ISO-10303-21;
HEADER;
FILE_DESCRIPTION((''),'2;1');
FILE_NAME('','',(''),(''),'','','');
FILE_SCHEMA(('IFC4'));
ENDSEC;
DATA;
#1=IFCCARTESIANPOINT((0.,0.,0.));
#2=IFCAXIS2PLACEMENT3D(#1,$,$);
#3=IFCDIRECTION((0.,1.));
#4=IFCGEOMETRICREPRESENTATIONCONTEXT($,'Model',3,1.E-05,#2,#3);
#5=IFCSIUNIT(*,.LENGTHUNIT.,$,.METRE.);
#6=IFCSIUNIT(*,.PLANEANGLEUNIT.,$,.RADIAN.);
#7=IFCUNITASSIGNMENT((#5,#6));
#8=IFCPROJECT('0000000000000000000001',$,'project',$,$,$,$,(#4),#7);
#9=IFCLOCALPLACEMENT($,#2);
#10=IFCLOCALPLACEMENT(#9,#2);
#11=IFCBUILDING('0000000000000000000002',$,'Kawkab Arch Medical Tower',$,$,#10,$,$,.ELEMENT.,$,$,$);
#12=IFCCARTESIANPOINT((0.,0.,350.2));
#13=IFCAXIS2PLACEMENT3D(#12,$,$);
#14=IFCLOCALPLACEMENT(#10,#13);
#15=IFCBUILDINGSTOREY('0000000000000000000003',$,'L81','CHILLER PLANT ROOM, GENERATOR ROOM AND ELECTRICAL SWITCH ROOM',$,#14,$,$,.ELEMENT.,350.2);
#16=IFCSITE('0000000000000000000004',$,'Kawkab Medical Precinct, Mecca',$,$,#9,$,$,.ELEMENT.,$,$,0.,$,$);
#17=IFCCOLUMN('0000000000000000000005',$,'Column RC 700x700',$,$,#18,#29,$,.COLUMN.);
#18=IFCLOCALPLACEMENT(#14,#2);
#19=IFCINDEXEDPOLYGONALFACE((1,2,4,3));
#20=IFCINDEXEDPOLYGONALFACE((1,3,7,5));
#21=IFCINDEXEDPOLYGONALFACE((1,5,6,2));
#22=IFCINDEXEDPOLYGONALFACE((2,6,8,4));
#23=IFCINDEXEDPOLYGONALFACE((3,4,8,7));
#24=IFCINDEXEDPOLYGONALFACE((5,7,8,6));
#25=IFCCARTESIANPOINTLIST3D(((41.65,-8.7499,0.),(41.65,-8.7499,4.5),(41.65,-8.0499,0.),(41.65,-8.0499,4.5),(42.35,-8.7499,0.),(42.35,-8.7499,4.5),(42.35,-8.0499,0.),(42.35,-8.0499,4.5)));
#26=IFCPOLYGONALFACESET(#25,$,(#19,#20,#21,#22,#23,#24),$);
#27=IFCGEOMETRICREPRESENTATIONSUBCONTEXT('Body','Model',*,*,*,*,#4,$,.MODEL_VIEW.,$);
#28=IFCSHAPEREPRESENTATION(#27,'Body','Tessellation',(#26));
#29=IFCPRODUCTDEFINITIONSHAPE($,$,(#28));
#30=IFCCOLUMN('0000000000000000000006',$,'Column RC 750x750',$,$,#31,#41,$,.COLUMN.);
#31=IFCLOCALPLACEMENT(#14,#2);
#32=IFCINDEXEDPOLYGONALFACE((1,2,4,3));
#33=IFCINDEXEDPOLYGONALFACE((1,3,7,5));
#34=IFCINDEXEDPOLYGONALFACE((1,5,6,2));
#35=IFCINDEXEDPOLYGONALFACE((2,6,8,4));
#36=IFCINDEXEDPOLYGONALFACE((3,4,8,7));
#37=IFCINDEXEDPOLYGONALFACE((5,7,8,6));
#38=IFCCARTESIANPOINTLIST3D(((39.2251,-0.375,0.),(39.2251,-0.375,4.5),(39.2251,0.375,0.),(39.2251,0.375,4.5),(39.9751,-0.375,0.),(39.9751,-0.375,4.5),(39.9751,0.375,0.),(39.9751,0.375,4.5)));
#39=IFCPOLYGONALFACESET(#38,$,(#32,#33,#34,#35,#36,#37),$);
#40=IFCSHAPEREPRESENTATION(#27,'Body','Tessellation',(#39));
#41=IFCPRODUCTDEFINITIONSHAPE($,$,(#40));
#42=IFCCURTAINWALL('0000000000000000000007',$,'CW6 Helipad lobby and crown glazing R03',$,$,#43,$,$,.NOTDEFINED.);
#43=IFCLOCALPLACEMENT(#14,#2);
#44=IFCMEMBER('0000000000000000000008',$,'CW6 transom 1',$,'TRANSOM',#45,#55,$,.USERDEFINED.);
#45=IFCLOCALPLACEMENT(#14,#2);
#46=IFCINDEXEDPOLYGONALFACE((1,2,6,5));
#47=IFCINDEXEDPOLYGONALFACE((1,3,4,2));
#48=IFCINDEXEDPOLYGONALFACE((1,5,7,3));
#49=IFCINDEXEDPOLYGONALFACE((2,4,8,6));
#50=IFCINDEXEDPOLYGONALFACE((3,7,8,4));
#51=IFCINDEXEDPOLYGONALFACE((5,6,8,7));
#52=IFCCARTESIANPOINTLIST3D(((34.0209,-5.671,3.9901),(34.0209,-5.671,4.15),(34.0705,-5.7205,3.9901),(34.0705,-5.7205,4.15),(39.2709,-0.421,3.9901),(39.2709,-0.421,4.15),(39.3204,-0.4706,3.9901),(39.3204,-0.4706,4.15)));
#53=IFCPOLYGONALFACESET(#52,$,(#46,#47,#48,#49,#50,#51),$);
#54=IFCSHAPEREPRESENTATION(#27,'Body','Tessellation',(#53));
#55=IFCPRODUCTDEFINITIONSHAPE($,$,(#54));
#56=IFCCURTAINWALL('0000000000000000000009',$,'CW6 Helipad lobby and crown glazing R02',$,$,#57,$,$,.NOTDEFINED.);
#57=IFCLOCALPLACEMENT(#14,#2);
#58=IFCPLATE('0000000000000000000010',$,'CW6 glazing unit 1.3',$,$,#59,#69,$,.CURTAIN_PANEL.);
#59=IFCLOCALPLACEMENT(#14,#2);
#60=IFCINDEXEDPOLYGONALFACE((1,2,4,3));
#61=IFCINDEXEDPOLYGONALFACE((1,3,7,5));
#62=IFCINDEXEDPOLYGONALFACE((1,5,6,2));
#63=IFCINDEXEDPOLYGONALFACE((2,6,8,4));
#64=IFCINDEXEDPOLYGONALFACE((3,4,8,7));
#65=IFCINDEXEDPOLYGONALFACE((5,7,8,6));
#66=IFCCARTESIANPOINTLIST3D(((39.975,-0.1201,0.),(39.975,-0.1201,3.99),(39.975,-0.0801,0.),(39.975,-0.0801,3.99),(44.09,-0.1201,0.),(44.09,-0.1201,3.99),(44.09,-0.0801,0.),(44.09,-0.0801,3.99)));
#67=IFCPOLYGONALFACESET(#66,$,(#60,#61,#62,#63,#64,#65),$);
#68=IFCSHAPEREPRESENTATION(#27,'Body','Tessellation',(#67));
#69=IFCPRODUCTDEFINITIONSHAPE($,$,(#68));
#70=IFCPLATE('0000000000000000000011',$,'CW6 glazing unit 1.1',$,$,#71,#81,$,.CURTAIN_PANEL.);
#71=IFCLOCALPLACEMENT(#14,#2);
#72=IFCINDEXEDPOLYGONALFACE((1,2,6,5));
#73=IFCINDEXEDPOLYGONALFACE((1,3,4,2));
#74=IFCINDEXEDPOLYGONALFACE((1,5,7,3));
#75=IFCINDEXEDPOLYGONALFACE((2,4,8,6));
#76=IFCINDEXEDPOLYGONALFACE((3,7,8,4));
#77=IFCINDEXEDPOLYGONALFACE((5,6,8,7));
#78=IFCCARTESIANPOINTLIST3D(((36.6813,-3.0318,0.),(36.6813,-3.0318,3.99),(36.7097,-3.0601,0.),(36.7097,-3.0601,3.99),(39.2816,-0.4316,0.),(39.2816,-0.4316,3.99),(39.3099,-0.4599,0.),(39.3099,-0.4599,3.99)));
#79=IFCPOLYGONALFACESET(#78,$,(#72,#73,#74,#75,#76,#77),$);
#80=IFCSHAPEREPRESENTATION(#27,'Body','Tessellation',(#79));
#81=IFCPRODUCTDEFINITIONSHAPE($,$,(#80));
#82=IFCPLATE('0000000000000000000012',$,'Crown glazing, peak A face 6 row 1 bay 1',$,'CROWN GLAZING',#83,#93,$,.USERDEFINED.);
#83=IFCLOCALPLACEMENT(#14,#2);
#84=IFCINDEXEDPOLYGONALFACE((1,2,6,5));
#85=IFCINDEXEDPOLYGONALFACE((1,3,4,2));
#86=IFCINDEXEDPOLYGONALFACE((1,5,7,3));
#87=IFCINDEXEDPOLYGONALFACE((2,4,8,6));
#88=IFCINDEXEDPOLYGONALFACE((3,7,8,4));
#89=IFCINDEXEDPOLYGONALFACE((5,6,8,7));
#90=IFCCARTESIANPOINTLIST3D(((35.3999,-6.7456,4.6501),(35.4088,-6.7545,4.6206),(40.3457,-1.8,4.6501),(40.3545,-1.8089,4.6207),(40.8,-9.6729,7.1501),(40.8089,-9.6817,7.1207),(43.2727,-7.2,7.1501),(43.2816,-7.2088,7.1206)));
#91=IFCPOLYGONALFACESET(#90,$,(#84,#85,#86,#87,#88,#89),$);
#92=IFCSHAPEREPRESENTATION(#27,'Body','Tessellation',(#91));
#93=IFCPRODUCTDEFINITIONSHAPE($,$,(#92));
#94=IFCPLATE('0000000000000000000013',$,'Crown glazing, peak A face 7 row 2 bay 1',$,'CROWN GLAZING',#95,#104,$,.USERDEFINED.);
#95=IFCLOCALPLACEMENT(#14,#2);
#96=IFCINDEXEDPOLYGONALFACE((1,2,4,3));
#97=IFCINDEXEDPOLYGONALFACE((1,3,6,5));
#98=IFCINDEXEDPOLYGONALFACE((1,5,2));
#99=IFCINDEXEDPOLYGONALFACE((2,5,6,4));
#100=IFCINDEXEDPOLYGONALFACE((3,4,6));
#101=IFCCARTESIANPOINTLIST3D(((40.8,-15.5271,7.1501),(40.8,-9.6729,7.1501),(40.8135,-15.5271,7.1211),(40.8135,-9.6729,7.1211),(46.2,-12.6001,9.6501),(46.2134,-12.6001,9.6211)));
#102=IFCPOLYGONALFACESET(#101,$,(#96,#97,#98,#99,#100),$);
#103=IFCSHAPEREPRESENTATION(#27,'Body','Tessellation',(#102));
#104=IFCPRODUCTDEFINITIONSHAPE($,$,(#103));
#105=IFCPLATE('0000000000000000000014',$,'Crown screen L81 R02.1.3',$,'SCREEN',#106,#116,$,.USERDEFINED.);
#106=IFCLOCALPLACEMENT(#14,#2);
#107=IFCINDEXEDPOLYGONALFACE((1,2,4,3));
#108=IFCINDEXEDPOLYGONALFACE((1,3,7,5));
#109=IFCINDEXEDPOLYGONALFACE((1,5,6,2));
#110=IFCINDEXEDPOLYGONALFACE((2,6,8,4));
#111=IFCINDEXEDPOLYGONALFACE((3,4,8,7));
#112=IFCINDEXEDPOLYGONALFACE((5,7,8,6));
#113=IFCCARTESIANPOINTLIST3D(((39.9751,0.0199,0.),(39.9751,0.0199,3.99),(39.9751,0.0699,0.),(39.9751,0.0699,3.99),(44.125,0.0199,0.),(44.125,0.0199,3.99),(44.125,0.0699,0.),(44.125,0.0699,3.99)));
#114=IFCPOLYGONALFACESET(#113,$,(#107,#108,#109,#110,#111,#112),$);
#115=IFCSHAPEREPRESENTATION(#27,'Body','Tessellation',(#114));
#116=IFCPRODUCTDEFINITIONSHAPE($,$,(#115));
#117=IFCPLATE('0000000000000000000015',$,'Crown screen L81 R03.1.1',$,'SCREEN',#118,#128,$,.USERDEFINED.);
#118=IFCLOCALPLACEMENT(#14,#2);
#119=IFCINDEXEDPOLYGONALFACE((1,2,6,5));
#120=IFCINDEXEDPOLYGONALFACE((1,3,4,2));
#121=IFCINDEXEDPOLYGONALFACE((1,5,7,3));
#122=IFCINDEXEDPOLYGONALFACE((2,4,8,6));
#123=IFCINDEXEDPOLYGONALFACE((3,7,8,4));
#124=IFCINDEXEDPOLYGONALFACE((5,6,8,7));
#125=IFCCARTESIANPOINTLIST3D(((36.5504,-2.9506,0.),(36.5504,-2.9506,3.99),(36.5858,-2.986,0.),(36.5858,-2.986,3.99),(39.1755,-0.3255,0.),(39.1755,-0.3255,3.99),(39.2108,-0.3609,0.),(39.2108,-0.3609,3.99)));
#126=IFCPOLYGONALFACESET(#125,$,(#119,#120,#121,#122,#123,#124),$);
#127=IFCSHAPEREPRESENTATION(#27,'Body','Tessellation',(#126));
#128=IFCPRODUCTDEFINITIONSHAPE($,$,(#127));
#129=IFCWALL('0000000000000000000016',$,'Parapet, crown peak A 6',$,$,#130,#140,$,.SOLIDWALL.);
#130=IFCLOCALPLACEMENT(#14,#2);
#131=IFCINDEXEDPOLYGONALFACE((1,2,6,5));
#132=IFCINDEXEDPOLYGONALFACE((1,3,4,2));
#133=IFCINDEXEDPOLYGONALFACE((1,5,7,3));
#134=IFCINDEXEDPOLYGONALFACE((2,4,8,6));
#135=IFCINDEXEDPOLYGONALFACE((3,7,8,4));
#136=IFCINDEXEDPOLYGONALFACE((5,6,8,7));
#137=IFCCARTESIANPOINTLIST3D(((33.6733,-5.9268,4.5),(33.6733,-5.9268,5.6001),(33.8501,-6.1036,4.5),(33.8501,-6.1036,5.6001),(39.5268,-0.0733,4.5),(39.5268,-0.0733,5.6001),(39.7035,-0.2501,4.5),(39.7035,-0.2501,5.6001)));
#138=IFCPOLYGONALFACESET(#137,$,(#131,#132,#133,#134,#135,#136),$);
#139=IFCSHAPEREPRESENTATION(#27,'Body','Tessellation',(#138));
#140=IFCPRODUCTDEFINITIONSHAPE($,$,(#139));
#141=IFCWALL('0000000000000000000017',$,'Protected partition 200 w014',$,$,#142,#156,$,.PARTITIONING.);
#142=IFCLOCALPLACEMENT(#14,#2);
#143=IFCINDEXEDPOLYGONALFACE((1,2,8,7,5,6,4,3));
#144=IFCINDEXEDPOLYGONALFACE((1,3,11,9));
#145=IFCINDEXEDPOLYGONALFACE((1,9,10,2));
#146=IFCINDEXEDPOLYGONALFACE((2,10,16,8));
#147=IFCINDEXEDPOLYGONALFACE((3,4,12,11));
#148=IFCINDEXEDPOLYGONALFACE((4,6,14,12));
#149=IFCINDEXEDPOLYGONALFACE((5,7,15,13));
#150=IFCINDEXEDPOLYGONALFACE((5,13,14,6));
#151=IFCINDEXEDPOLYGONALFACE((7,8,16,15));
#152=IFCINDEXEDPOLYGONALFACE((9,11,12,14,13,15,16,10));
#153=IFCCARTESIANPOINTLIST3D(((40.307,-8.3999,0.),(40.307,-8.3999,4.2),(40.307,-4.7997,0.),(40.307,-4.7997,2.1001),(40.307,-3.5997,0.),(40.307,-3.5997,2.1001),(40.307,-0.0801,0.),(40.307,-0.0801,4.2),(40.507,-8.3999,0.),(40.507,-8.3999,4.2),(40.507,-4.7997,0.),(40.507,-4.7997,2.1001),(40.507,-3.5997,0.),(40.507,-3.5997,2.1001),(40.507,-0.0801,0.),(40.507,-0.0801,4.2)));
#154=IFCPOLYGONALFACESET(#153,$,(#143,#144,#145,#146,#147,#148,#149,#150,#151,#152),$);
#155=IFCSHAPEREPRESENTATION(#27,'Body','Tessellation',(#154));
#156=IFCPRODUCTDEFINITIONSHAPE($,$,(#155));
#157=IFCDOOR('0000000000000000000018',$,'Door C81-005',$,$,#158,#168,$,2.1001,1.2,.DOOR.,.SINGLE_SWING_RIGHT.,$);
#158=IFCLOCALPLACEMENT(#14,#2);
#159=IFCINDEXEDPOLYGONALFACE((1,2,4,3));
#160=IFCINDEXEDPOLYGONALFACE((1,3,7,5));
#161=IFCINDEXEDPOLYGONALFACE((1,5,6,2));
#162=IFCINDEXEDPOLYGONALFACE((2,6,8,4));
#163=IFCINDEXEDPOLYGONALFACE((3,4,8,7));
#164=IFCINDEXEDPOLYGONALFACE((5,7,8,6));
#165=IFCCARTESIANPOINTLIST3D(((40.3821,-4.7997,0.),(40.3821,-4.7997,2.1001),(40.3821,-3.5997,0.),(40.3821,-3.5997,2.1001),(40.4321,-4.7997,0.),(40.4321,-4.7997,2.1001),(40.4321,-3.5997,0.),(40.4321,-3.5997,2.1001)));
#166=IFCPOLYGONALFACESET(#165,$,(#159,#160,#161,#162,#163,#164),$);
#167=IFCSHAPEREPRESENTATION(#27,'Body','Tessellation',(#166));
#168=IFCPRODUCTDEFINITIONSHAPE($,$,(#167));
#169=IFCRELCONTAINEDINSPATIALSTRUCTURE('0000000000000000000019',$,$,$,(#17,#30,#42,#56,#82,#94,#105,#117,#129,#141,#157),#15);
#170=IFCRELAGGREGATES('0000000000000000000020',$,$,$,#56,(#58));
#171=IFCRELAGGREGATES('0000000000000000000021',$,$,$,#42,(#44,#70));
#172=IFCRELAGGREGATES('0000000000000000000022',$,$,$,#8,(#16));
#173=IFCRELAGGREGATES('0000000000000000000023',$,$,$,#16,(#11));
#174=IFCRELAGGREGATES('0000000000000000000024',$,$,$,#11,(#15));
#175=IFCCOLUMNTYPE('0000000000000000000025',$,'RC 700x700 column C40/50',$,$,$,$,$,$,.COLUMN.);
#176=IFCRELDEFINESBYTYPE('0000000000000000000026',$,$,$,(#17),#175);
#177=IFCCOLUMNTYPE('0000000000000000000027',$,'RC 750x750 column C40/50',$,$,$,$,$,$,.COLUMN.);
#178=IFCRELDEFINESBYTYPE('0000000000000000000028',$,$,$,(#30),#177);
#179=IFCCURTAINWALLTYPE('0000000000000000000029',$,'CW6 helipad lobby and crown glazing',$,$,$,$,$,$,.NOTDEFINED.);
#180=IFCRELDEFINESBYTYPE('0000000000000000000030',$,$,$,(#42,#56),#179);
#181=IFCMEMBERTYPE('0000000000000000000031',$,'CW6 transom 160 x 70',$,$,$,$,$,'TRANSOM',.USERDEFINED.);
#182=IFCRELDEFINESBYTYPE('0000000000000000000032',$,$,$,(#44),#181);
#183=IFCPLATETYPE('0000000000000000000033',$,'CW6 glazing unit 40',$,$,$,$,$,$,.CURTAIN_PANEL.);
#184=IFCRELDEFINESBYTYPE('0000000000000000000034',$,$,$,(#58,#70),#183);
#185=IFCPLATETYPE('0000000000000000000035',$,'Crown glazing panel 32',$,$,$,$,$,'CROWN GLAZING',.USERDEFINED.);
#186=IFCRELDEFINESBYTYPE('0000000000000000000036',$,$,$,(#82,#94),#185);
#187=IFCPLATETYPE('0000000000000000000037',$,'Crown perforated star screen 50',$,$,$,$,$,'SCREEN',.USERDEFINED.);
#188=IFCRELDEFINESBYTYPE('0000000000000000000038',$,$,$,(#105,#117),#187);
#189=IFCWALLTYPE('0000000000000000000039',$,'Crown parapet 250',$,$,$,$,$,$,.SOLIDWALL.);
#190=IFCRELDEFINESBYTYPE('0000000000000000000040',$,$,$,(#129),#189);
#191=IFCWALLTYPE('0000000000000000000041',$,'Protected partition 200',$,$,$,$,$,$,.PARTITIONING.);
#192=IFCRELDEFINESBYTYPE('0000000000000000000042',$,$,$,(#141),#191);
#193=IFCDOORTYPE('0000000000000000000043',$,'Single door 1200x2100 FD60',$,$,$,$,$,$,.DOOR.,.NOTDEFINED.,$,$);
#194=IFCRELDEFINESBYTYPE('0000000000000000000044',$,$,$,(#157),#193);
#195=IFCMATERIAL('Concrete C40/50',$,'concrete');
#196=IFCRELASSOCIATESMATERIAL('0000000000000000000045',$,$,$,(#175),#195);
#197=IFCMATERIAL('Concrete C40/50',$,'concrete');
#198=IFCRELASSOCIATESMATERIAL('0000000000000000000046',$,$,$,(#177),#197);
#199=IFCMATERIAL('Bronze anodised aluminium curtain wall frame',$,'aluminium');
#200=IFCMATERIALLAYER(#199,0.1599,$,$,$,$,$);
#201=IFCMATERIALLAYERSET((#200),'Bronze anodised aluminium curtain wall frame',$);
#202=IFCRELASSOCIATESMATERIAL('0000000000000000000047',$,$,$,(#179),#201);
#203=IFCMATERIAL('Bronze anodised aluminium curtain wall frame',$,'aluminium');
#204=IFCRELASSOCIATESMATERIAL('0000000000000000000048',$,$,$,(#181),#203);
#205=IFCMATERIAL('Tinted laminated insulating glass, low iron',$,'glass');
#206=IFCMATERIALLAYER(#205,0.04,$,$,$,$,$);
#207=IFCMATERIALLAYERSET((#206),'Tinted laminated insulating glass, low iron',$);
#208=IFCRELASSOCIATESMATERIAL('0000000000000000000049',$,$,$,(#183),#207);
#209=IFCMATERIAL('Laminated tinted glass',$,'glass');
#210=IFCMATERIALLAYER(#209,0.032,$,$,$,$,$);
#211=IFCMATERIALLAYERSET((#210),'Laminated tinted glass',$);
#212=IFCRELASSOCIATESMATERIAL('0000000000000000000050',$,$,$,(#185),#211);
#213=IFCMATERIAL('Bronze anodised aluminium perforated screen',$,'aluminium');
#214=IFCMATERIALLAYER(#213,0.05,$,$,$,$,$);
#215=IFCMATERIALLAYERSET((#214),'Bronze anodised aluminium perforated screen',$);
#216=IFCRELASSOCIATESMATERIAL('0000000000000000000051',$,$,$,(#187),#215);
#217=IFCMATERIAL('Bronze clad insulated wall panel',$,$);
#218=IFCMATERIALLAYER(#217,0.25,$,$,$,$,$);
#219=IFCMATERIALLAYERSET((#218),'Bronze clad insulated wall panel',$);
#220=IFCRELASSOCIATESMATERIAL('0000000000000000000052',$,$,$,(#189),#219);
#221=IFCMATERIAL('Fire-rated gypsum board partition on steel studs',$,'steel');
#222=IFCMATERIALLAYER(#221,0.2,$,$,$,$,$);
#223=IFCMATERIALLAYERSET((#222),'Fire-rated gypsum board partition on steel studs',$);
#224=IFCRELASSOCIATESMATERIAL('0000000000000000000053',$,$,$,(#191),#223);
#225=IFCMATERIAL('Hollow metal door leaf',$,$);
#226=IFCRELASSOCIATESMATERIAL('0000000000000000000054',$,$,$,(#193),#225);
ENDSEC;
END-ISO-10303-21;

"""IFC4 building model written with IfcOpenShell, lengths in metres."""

from ifc_helpers import new_model, si_unit, direction, frame, frame_2d, origin, origin_2d, place, context, subcontext, project, spatial, polyline, rectangle, outline, extrude, material, layer, layer_set, material_profile, profile_set, type_object, element, fill, aggregate, save


model = new_model("IFC4")

# Units and contexts
model_context = context("Model", 3, precision=1e-05, world=origin(), true_north=direction((0.0, 1.0)))
body_context = subcontext(model_context, "Body", "Model", "MODEL_VIEW")
ifc_project = project(units=[si_unit("LENGTHUNIT", "METRE"), si_unit("PLANEANGLEUNIT", "RADIAN")], contexts=[model_context])

# Site, building, storey
site_placement = place(None, origin())
site = spatial("IfcSite", under=ifc_project, at=site_placement, Name="Kawkab Medical Precinct, Mecca", CompositionType="ELEMENT", RefElevation=0.0)
building_placement = place(site_placement, origin())
building = spatial("IfcBuilding", under=site, at=building_placement, Name="Kawkab Arch Medical Tower", CompositionType="ELEMENT")
storey_placement = place(building_placement, frame((0.0, 0.0, 350.2)))
storey = spatial("IfcBuildingStorey", under=building, at=storey_placement, Name="L81", Description="CHILLER PLANT ROOM, GENERATOR ROOM AND ELECTRICAL SWITCH ROOM", CompositionType="ELEMENT", Elevation=350.2)

# Columns
ifc_material_1 = material(Name="Concrete C40/50", Category="concrete")
ifc_material_profile_1 = material_profile(ifc_material_1, rectangle(XDim=0.7, YDim=0.7, at=origin_2d()), Name="RC 700x700")
ifc_profile_set_1 = profile_set([ifc_material_profile_1], Name="Concrete C40/50")
column_type_1 = type_object("IfcColumnType", Name="RC 700x700 column C40/50", PredefinedType="COLUMN", material=ifc_profile_set_1)
column_1_placement = place(storey_placement, frame((42.0, -8.3999, 0.0), z_axis=(0.0, 0.0, 1.0), x_axis=(1.0, 0.0, 0.0)))
element("IfcColumn", 1, at=column_1_placement, inside=storey, type_object=column_type_1, Name="Column RC 700x700", PredefinedType="COLUMN", context=body_context, shape_type="SweptSolid", body=[
    extrude(rectangle(XDim=0.7, YDim=0.7, at=origin_2d()), origin(), (0.0, 0.0, 1.0), 4.5),
])
ifc_material_2 = material(Name="Concrete C40/50", Category="concrete")
ifc_material_profile_2 = material_profile(ifc_material_2, rectangle(XDim=0.75, YDim=0.75, at=origin_2d()), Name="RC 750x750")
ifc_profile_set_2 = profile_set([ifc_material_profile_2], Name="Concrete C40/50")
column_type_2 = type_object("IfcColumnType", Name="RC 750x750 column C40/50", PredefinedType="COLUMN", material=ifc_profile_set_2)
column_2_placement = place(storey_placement, frame((39.6001, 0.0, 0.0), z_axis=(0.0, 0.0, 1.0), x_axis=(1.0, 0.0, 0.0)))
element("IfcColumn", 2, at=column_2_placement, inside=storey, type_object=column_type_2, Name="Column RC 750x750", PredefinedType="COLUMN", context=body_context, shape_type="SweptSolid", body=[
    extrude(rectangle(XDim=0.75, YDim=0.75, at=origin_2d()), origin(), (0.0, 0.0, 1.0), 4.5),
])

# Curtain wall, member
ifc_material_3 = material(Name="Bronze anodised aluminium curtain wall frame", Category="aluminium")
ifc_layer_1 = layer(ifc_material_3, 0.1599)
ifc_layer_set_1 = layer_set([ifc_layer_1], Name="Bronze anodised aluminium curtain wall frame")
curtain_wall_type = type_object("IfcCurtainWallType", Name="CW6 helipad lobby and crown glazing", PredefinedType="NOTDEFINED", material=ifc_layer_set_1)
placement = place(storey_placement, origin())
curtain_wall_1 = element("IfcCurtainWall", 3, at=placement, inside=storey, type_object=curtain_wall_type, Name="CW6 Helipad lobby and crown glazing R03", PredefinedType="NOTDEFINED")
ifc_material_4 = material(Name="Bronze anodised aluminium curtain wall frame", Category="aluminium")
ifc_material_profile_3 = material_profile(ifc_material_4, rectangle(XDim=0.0701, YDim=0.1599, at=origin_2d()), Name="AL 70x160")
ifc_profile_set_3 = profile_set([ifc_material_profile_3], Name="Bronze anodised aluminium curtain wall frame")
member_type = type_object("IfcMemberType", Name="CW6 transom 160 x 70", ElementType="TRANSOM", PredefinedType="USERDEFINED", material=ifc_profile_set_3)
member_placement = place(storey_placement, frame((39.2957, -0.4458, 4.0701), z_axis=(-0.707107, -0.707107, 0.0), x_axis=(0.707107, -0.707107, 0.0)))
member = element("IfcMember", 4, at=member_placement, type_object=member_type, Name="CW6 transom 1", ObjectType="TRANSOM", PredefinedType="USERDEFINED", context=body_context, shape_type="SweptSolid", body=[
    extrude(rectangle(XDim=0.0701, YDim=0.1599, at=origin_2d()), origin(), (0.0, 0.0, 1.0), 7.4246),
])

# Curtain wall, plate
curtain_wall_2 = element("IfcCurtainWall", 5, at=placement, inside=storey, type_object=curtain_wall_type, Name="CW6 Helipad lobby and crown glazing R02", PredefinedType="NOTDEFINED")
ifc_material_5 = material(Name="Tinted laminated insulating glass, low iron", Category="glass")
ifc_layer_2 = layer(ifc_material_5, 0.04)
ifc_layer_set_2 = layer_set([ifc_layer_2], Name="Tinted laminated insulating glass, low iron")
plate_type_1 = type_object("IfcPlateType", Name="CW6 glazing unit 40", PredefinedType="CURTAIN_PANEL", material=ifc_layer_set_2)
plate_1_placement = place(storey_placement, frame((42.0325, -0.1001, 0.0), z_axis=(0.0, 0.0, 1.0), x_axis=(-1.0, 0.0, 0.0)))
plate_1 = element("IfcPlate", 6, at=plate_1_placement, type_object=plate_type_1, Name="CW6 glazing unit 1.3", PredefinedType="CURTAIN_PANEL", context=body_context, shape_type="SweptSolid", body=[
    extrude(rectangle(XDim=4.115, YDim=0.04, at=origin_2d()), origin(), (0.0, 0.0, 1.0), 3.99),
])
aggregate(curtain_wall_2, [plate_1])

# Plate
plate_2_placement = place(storey_placement, frame((37.9956, -1.7458, 0.0), z_axis=(0.0, 0.0, 1.0), x_axis=(-0.707107, -0.707107, 0.0)))
plate_2 = element("IfcPlate", 7, at=plate_2_placement, type_object=plate_type_1, Name="CW6 glazing unit 1.1", PredefinedType="CURTAIN_PANEL", context=body_context, shape_type="SweptSolid", body=[
    extrude(rectangle(XDim=3.6772, YDim=0.04, at=origin_2d()), origin(), (0.0, 0.0, 1.0), 3.99),
])
aggregate(curtain_wall_1, [member, plate_2])

# Plates
ifc_material_6 = material(Name="Laminated tinted glass", Category="glass")
ifc_layer_3 = layer(ifc_material_6, 0.032)
ifc_layer_set_3 = layer_set([ifc_layer_3], Name="Laminated tinted glass")
plate_type_2 = type_object("IfcPlateType", Name="Crown glazing panel 32", ElementType="CROWN GLAZING", PredefinedType="USERDEFINED", material=ifc_layer_set_3)
plate_3_placement = place(storey_placement, frame((40.3457, -1.8, 4.6501), z_axis=(-0.276346, 0.276346, 0.92047), x_axis=(-0.707122, -0.707092, -0.000009)))
element("IfcPlate", 8, at=plate_3_placement, inside=storey, type_object=plate_type_2, Name="Crown glazing, peak A face 6 row 1 bay 1", ObjectType="CROWN GLAZING", PredefinedType="USERDEFINED", context=body_context, shape_type="SweptSolid", body=[
    extrude(outline(polyline([(0.0, 0.0), (6.9942, 0.0), (5.2455, 6.397), (1.7485, 6.3968), (0.0, 0.0)])), origin(), (0.0, 0.0, -1.0), 0.032),
])
plate_4_placement = place(storey_placement, frame((40.8, -9.6729, 7.1501), z_axis=(-0.42013, 0.0, 0.907464), x_axis=(0.0, -1.0, 0.0)))
element("IfcPlate", 9, at=plate_4_placement, inside=storey, type_object=plate_type_2, Name="Crown glazing, peak A face 7 row 2 bay 1", ObjectType="CROWN GLAZING", PredefinedType="USERDEFINED", context=body_context, shape_type="SweptSolid", body=[
    extrude(outline(polyline([(0.0, 0.0), (5.8542, 0.0), (2.9272, 5.9505), (0.0, 0.0)])), origin(), (0.0, 0.0, -1.0), 0.032),
])
ifc_material_7 = material(Name="Bronze anodised aluminium perforated screen", Category="aluminium")
ifc_layer_4 = layer(ifc_material_7, 0.05)
ifc_layer_set_4 = layer_set([ifc_layer_4], Name="Bronze anodised aluminium perforated screen")
plate_type_3 = type_object("IfcPlateType", Name="Crown perforated star screen 50", ElementType="SCREEN", PredefinedType="USERDEFINED", material=ifc_layer_set_4)
plate_5_placement = place(storey_placement, frame((42.05, 0.0449, 0.0), z_axis=(0.0, 0.0, 1.0), x_axis=(-1.0, 0.0, 0.0)))
element("IfcPlate", 10, at=plate_5_placement, inside=storey, type_object=plate_type_3, Name="Crown screen L81 R02.1.3", ObjectType="SCREEN", PredefinedType="USERDEFINED", context=body_context, shape_type="SweptSolid", body=[
    extrude(rectangle(XDim=4.1499, YDim=0.05, at=origin_2d()), origin(), (0.0, 0.0, 1.0), 3.99),
])
plate_6_placement = place(storey_placement, frame((37.8806, -1.6558, 0.0), z_axis=(0.0, 0.0, 1.0), x_axis=(-0.707107, -0.707107, 0.0)))
element("IfcPlate", 11, at=plate_6_placement, inside=storey, type_object=plate_type_3, Name="Crown screen L81 R03.1.1", ObjectType="SCREEN", PredefinedType="USERDEFINED", context=body_context, shape_type="SweptSolid", body=[
    extrude(rectangle(XDim=3.7124, YDim=0.05, at=origin_2d()), origin(), (0.0, 0.0, 1.0), 3.99),
])

# Wall
ifc_material_8 = material(Name="Bronze clad insulated wall panel")
ifc_layer_5 = layer(ifc_material_8, 0.25)
ifc_layer_set_5 = layer_set([ifc_layer_5], Name="Bronze clad insulated wall panel")
wall_type_1 = type_object("IfcWallType", Name="Crown parapet 250", PredefinedType="SOLIDWALL", material=ifc_layer_set_5)
wall_1_placement = place(storey_placement, frame((39.6152, -0.1616, 4.5), z_axis=(0.0, 0.0, 1.0), x_axis=(-0.707107, -0.707107, 0.0)))
element("IfcWall", 12, at=wall_1_placement, inside=storey, type_object=wall_type_1, Name="Parapet, crown peak A 6", PredefinedType="SOLIDWALL", context=body_context, shape_type="SweptSolid", body=[
    extrude(rectangle(XDim=8.2781, YDim=0.25, at=frame_2d((4.1392, 0.0))), origin(), (0.0, 0.0, 1.0), 1.1001),
])

# Wall, opening, door
ifc_material_9 = material(Name="Fire-rated gypsum board partition on steel studs", Category="steel")
ifc_layer_6 = layer(ifc_material_9, 0.2)
ifc_layer_set_6 = layer_set([ifc_layer_6], Name="Fire-rated gypsum board partition on steel studs")
wall_type_2 = type_object("IfcWallType", Name="Protected partition 200", PredefinedType="PARTITIONING", material=ifc_layer_set_6)
wall_2_placement = place(storey_placement, frame((40.407, -8.3999, 0.0), z_axis=(0.0, 0.0, 1.0), x_axis=(0.0, 1.0, 0.0)))
wall_2 = element("IfcWall", 13, at=wall_2_placement, inside=storey, type_object=wall_type_2, Name="Protected partition 200 w014", PredefinedType="PARTITIONING", context=body_context, shape_type="SweptSolid", body=[
    extrude(rectangle(XDim=8.3198, YDim=0.2, at=frame_2d((4.1599, 0.0))), origin(), (0.0, 0.0, 1.0), 4.2),
])
opening_placement = place(wall_2_placement, frame((3.6001, 0.0, 0.0)))
opening = element("IfcOpeningElement", 14, at=opening_placement, cuts=wall_2, PredefinedType="OPENING", context=body_context, shape_type="SweptSolid", body=[
    extrude(rectangle(XDim=1.2, YDim=2.1001, at=frame_2d((0.6001, 1.05))), frame((0.0, 0.1099, 0.0), z_axis=(0.0, -1.0, 0.0), x_axis=(1.0, 0.0, 0.0)), (0.0, 0.0, 1.0), 0.22),
])
ifc_material_10 = material(Name="Hollow metal door leaf")
door_type = type_object("IfcDoorType", Name="Single door 1200x2100 FD60", OperationType="NOTDEFINED", PredefinedType="DOOR", material=ifc_material_10)
door_placement = place(opening_placement, origin())
door = element("IfcDoor", 15, at=door_placement, inside=storey, type_object=door_type, Name="Door C81-005", OperationType="SINGLE_SWING_RIGHT", OverallHeight=2.1001, OverallWidth=1.2, PredefinedType="DOOR", context=body_context, shape_type="SweptSolid", body=[
    extrude(rectangle(XDim=1.2, YDim=2.1001, at=frame_2d((0.6001, 1.05))), frame((0.0, 0.0249, 0.0), z_axis=(0.0, -1.0, 0.0), x_axis=(1.0, 0.0, 0.0)), (0.0, 0.0, 1.0), 0.05),
])
fill(opening, door)

save(model, "model.ifc")
